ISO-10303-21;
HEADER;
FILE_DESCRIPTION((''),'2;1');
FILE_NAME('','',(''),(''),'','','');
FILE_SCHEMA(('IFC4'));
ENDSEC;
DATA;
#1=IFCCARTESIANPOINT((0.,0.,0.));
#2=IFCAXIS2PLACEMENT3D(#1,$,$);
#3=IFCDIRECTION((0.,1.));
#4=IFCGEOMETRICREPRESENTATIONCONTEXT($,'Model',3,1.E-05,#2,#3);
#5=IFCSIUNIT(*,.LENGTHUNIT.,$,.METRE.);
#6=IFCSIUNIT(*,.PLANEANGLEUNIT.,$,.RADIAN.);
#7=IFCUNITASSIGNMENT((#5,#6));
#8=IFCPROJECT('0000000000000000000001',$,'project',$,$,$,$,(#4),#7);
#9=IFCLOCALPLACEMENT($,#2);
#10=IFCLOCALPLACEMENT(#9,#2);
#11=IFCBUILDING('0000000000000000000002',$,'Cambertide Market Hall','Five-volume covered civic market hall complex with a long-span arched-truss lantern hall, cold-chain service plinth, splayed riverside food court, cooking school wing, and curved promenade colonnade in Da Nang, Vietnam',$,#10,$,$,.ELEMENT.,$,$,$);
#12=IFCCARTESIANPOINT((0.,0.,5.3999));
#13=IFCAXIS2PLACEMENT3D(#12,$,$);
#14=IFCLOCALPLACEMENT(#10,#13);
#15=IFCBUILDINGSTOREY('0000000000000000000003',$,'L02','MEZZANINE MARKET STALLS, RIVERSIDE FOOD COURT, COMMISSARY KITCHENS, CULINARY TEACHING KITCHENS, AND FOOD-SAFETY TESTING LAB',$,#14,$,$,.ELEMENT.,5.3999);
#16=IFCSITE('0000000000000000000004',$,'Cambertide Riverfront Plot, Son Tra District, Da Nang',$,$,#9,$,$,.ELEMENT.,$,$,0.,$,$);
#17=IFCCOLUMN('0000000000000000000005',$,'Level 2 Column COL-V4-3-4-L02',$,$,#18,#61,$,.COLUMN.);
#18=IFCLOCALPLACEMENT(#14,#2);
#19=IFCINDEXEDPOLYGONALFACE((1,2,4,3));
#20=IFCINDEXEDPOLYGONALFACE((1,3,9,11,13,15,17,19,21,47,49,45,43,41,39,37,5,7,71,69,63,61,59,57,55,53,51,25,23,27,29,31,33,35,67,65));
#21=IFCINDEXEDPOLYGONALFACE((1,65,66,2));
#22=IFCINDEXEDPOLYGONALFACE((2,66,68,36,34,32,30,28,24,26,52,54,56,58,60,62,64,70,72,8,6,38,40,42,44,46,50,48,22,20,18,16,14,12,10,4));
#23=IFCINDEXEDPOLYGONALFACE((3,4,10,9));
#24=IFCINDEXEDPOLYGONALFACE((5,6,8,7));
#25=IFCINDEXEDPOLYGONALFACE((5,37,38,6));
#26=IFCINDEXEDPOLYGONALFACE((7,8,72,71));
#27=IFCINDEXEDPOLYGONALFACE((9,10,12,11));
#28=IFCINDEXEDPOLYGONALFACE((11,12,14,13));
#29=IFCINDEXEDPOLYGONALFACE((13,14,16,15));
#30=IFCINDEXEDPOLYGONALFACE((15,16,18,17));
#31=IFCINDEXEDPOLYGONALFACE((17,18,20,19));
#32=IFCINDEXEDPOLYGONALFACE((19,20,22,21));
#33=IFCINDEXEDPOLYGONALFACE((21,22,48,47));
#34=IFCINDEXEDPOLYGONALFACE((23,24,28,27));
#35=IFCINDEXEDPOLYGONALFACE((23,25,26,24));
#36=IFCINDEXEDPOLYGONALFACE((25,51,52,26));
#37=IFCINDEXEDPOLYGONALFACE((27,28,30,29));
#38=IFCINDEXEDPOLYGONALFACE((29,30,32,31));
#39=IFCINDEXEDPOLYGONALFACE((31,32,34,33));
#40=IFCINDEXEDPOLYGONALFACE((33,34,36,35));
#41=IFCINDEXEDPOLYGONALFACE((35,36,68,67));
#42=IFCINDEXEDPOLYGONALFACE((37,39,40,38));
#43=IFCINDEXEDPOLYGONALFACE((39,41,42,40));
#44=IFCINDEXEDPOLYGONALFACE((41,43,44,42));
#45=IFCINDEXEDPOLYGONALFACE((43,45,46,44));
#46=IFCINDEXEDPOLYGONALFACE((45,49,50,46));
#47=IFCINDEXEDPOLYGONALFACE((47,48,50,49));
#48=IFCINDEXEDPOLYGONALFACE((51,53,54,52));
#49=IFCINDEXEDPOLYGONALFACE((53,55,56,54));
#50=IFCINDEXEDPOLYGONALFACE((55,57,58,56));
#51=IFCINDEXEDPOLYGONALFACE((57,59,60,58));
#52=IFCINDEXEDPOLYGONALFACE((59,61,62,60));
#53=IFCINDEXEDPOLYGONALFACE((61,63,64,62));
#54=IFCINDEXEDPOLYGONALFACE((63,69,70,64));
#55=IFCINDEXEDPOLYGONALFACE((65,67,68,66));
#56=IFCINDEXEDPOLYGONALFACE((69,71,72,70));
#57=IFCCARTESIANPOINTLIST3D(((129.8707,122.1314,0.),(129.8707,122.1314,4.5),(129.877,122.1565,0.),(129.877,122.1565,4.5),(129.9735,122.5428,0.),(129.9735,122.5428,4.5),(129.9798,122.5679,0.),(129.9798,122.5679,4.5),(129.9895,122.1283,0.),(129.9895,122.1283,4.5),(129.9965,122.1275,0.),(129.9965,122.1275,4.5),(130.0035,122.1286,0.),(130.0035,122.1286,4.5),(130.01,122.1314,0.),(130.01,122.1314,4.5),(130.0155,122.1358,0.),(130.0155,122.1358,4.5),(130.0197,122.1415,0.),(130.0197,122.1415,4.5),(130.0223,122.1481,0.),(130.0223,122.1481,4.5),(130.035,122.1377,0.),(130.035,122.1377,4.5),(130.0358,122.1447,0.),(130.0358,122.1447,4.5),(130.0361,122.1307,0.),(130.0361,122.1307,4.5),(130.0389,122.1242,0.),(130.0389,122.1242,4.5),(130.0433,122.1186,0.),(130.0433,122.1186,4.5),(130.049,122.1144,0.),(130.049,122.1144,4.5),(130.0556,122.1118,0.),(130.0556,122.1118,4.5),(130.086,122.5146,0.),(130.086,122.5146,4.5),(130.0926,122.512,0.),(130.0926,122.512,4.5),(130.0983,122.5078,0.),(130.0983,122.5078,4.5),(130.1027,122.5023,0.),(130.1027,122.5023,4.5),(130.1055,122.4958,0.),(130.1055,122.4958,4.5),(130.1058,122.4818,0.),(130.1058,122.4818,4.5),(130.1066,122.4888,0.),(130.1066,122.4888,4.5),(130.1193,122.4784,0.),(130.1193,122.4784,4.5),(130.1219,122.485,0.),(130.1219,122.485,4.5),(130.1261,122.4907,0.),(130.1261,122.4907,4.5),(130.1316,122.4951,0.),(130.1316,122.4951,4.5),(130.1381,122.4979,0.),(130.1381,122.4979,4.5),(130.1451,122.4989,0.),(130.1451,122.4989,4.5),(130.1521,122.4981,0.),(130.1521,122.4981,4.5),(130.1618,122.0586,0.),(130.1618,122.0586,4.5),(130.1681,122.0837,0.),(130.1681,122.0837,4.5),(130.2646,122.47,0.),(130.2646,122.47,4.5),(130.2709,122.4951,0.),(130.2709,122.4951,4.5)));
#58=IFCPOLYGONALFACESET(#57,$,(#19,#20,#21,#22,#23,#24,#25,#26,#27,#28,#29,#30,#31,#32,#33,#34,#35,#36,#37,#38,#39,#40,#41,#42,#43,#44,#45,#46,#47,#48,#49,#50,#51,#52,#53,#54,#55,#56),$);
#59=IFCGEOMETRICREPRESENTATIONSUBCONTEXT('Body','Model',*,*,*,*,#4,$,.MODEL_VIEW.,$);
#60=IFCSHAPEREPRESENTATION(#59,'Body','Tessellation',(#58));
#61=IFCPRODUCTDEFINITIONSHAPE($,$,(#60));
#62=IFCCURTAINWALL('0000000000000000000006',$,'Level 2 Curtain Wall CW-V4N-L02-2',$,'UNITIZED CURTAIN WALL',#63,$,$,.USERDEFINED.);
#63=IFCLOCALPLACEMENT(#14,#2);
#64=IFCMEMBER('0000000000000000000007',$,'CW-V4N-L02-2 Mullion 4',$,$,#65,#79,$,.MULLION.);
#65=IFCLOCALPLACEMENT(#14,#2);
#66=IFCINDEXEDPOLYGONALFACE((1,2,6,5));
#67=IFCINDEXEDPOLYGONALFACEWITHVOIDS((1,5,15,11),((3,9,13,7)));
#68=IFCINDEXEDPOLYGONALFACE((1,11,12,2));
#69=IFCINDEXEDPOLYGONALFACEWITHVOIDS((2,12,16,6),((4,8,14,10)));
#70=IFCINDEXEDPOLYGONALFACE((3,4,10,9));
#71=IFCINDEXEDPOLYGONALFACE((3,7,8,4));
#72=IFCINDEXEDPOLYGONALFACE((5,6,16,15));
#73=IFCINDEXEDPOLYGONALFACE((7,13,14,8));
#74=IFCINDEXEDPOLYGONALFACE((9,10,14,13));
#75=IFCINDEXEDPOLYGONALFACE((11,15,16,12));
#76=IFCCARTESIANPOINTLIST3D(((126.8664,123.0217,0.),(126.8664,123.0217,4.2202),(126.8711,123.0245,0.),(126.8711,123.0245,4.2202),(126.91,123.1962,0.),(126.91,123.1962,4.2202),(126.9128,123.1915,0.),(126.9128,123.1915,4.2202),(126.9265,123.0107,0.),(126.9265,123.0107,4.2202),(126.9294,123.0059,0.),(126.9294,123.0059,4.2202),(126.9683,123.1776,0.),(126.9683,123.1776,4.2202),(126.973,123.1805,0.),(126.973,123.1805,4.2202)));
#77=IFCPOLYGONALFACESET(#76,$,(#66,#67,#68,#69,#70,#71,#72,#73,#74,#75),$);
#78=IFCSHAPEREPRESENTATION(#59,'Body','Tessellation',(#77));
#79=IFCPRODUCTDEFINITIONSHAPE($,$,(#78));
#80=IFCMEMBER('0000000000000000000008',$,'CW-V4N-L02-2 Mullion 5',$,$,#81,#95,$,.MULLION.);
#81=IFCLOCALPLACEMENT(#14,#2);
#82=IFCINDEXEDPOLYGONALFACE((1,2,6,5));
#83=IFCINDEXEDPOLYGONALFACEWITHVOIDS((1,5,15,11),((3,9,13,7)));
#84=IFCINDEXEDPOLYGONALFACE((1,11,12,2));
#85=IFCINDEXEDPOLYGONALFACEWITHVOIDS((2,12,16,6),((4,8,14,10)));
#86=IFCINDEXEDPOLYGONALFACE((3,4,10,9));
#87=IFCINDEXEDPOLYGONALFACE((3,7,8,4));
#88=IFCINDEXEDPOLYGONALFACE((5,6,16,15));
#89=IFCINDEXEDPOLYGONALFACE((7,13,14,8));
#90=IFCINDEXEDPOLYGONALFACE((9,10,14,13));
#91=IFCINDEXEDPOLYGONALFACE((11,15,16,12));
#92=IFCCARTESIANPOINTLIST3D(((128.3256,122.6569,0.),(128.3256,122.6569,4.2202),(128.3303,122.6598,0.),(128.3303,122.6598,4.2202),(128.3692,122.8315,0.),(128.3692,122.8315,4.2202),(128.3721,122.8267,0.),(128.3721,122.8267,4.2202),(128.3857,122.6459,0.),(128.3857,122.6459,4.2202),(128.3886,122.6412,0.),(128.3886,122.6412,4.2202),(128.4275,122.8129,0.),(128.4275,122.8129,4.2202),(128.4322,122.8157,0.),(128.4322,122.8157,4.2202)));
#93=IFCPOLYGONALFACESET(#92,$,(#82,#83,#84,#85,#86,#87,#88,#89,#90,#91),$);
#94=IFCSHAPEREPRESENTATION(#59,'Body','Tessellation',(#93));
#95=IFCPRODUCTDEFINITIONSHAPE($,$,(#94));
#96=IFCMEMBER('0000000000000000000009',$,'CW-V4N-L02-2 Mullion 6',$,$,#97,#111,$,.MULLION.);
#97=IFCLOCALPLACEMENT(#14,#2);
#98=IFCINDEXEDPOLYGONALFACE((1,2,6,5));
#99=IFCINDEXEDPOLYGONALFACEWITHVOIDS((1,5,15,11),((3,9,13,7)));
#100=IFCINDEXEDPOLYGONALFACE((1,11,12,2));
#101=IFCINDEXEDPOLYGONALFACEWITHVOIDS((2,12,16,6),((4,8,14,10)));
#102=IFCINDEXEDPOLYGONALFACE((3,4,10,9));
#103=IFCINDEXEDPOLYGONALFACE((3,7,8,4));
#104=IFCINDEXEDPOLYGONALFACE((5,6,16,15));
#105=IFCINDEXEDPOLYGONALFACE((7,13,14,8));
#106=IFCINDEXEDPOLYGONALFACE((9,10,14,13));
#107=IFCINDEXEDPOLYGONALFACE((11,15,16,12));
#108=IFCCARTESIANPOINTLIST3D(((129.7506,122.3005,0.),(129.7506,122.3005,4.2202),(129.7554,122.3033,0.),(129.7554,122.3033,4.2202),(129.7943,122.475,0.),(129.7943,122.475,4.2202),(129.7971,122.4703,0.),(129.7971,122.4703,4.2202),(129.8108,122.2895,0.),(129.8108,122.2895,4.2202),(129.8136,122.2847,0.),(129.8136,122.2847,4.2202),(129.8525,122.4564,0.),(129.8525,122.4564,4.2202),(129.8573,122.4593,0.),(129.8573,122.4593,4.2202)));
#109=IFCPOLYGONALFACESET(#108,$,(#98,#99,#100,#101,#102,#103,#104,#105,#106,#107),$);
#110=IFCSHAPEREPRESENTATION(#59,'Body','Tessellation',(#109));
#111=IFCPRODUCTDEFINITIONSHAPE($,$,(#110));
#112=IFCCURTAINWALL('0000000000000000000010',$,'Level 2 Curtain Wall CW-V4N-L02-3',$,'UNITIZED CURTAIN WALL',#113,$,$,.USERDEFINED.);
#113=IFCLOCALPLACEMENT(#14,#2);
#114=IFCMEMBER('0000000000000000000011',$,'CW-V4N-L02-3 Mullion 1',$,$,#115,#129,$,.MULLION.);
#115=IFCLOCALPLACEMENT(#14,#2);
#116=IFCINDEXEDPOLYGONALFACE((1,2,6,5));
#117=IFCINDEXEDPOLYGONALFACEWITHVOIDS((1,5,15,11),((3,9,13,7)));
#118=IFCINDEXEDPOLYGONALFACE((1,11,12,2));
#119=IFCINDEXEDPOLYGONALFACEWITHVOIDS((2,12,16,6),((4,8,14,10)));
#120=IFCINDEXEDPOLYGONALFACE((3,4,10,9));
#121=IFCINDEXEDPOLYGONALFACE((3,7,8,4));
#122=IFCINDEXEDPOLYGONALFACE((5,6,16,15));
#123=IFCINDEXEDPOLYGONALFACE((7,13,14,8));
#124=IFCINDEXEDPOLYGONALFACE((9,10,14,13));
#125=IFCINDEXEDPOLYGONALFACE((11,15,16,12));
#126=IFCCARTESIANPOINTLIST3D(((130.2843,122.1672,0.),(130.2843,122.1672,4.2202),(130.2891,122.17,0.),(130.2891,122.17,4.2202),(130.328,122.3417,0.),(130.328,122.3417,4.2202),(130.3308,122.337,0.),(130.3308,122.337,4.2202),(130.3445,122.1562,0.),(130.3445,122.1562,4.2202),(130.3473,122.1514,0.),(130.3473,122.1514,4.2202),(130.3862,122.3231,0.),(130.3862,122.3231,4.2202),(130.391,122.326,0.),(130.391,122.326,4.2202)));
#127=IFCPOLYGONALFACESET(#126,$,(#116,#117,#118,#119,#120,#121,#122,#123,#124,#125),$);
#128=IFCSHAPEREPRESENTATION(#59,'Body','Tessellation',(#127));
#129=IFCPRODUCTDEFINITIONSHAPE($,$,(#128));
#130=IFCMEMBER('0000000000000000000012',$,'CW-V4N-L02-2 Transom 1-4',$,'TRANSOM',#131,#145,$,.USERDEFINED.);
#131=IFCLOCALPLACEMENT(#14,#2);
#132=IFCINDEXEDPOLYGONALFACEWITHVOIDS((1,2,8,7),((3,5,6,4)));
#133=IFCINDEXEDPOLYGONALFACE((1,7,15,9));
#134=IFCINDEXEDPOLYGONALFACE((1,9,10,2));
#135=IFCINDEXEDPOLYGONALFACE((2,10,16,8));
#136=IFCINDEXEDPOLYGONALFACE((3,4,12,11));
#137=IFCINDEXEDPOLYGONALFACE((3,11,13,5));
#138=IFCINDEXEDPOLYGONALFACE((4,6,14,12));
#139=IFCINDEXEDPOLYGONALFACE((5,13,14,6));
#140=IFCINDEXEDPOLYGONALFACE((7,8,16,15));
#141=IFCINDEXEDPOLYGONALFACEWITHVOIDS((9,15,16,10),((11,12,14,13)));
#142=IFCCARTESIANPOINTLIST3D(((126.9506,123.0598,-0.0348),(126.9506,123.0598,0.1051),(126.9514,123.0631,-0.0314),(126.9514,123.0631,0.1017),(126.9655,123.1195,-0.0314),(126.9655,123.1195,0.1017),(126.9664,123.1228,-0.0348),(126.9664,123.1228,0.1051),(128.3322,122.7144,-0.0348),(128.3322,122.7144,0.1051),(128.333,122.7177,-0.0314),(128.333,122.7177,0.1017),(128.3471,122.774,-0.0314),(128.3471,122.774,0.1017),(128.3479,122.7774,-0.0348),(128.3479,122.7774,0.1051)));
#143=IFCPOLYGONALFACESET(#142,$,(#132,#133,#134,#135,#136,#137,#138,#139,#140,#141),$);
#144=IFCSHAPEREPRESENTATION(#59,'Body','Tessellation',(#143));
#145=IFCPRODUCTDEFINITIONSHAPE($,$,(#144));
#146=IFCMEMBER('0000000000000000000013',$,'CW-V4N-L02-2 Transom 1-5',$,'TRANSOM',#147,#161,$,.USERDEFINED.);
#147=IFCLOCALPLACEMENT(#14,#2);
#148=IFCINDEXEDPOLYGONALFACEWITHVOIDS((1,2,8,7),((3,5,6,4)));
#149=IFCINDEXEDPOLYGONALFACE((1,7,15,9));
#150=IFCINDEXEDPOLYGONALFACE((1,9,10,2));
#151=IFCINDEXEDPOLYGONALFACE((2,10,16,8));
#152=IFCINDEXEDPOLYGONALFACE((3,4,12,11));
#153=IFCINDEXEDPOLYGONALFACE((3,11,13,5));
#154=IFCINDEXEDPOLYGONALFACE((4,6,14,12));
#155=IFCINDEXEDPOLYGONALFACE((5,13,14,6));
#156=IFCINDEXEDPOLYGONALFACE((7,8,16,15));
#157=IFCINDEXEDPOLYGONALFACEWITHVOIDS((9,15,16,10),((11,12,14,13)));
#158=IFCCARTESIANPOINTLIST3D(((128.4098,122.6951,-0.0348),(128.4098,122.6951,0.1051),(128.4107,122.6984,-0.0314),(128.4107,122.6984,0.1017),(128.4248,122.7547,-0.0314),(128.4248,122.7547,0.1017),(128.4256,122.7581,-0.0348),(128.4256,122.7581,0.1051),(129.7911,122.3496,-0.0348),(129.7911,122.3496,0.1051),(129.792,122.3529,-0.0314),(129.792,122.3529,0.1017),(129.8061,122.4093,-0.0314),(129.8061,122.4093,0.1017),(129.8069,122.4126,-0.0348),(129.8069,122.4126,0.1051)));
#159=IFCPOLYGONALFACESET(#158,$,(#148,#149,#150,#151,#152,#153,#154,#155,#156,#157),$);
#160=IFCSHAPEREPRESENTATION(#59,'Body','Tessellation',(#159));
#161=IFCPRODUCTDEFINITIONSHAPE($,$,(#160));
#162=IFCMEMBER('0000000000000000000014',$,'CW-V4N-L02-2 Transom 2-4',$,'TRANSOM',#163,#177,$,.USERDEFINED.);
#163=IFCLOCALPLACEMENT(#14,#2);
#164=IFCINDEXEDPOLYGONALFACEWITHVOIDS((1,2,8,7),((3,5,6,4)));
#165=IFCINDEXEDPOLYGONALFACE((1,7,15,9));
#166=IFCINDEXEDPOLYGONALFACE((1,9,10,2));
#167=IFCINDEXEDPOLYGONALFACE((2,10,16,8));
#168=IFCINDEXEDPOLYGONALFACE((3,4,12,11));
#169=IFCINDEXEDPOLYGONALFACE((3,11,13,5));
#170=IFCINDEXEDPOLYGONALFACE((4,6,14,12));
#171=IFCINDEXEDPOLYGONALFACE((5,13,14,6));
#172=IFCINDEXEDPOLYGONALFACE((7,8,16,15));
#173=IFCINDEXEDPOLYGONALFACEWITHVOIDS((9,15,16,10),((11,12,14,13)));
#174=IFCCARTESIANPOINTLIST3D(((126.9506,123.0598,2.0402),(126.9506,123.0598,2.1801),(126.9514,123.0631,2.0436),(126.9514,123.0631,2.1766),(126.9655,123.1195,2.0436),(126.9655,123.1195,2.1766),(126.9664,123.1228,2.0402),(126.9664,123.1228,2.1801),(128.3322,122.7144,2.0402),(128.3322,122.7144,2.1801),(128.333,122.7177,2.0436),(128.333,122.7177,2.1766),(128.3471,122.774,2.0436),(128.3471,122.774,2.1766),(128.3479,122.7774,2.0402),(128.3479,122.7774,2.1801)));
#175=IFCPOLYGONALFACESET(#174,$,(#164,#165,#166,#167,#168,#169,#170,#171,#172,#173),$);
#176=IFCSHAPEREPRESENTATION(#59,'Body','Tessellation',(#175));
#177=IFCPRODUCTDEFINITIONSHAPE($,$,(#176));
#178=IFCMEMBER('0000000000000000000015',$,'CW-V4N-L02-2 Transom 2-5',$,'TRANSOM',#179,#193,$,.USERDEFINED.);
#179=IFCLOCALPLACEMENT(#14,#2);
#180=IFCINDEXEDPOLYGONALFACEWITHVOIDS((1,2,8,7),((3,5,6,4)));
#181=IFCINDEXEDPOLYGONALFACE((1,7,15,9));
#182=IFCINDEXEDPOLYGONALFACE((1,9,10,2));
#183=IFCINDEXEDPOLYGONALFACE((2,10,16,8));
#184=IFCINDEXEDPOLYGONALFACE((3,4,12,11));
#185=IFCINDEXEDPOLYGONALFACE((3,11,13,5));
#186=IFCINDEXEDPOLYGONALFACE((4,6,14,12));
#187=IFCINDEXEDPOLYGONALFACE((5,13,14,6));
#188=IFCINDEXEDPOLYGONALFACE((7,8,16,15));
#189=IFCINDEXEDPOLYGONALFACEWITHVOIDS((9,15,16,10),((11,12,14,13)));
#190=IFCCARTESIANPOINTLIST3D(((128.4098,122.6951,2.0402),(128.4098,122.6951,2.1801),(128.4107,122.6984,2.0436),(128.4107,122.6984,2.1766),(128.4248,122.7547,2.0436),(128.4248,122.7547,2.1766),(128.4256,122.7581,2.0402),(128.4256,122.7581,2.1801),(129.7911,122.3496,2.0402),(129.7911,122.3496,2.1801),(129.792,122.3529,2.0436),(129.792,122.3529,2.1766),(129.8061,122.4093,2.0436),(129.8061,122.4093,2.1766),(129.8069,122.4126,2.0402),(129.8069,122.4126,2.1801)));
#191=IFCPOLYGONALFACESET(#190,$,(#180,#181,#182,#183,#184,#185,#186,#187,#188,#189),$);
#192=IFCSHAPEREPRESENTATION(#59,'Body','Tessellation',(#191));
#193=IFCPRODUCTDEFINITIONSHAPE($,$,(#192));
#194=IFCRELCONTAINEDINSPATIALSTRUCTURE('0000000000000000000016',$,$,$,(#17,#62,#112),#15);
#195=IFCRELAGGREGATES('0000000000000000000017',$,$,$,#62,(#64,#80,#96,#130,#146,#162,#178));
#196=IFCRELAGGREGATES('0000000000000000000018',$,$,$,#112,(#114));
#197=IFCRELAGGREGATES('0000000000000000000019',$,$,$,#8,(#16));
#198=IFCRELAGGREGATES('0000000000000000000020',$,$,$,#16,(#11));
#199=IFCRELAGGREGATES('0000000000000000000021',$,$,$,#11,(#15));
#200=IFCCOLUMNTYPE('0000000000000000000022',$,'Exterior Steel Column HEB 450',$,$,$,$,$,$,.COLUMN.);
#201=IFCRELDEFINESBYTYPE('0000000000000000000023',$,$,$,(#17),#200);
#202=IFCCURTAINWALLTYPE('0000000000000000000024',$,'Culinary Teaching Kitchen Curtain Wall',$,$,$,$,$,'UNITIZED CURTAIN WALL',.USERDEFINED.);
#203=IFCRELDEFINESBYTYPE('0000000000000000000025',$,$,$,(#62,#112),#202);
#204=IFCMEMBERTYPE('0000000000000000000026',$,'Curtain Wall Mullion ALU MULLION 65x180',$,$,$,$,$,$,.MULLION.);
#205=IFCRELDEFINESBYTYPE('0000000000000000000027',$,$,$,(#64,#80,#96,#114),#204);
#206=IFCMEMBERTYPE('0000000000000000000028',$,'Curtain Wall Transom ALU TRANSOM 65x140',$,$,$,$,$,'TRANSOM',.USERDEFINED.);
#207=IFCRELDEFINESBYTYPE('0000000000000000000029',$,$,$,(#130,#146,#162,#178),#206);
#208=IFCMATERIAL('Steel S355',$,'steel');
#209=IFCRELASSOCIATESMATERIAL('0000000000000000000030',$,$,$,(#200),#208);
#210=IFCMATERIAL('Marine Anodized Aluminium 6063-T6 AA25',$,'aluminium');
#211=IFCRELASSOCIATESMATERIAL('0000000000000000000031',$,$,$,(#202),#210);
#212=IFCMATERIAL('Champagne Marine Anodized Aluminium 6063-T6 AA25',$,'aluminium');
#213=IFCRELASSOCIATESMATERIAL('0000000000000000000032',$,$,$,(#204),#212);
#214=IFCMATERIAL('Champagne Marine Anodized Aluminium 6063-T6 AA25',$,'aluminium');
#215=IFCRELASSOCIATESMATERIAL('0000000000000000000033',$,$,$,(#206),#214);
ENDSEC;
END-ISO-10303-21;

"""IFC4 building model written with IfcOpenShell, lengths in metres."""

from ifc_helpers import new_model, si_unit, direction, frame, origin, origin_2d, place, context, subcontext, project, spatial, hollow_rectangle, i_section, extrude, material, material_profile, profile_set, type_object, element, aggregate, save


model = new_model("IFC4")

# Units and contexts
model_context = context("Model", 3, precision=1e-05, world=origin(), true_north=direction((0.0, 1.0)))
body_context = subcontext(model_context, "Body", "Model", "MODEL_VIEW")
ifc_project = project(units=[si_unit("LENGTHUNIT", "METRE"), si_unit("PLANEANGLEUNIT", "RADIAN")], contexts=[model_context])

# Site, building, storey
site_placement = place(None, origin())
site = spatial("IfcSite", under=ifc_project, at=site_placement, Name="Cambertide Riverfront Plot, Son Tra District, Da Nang", CompositionType="ELEMENT", RefElevation=0.0)
building_placement = place(site_placement, origin())
building = spatial("IfcBuilding", under=site, at=building_placement, Name="Cambertide Market Hall", Description="Five-volume covered civic market hall complex with a long-span arched-truss lantern hall, cold-chain service plinth, splayed riverside food court, cooking school wing, and curved promenade colonnade in Da Nang, Vietnam", CompositionType="ELEMENT")
storey_placement = place(building_placement, frame((0.0, 0.0, 5.3999)))
storey = spatial("IfcBuildingStorey", under=building, at=storey_placement, Name="L02", Description="MEZZANINE MARKET STALLS, RIVERSIDE FOOD COURT, COMMISSARY KITCHENS, CULINARY TEACHING KITCHENS, AND FOOD-SAFETY TESTING LAB", CompositionType="ELEMENT", Elevation=5.3999)

# Column
ifc_material_1 = material(Name="Steel S355", Category="steel")
ifc_material_profile_1 = material_profile(ifc_material_1, i_section(OverallWidth=0.3, OverallDepth=0.45, WebThickness=0.0139, FlangeThickness=0.0259, FilletRadius=0.0271, at=origin_2d()), Name="HEB 450")
ifc_profile_set_1 = profile_set([ifc_material_profile_1], Name="Steel S355")
column_type = type_object("IfcColumnType", Name="Exterior Steel Column HEB 450", PredefinedType="COLUMN", material=ifc_profile_set_1)
column_placement = place(storey_placement, frame((130.0708, 122.3132, 0.0), z_axis=(0.0, 0.0, 1.0), x_axis=(0.970143, -0.242536, 0.0)))
element("IfcColumn", 1, at=column_placement, inside=storey, type_object=column_type, Name="Level 2 Column COL-V4-3-4-L02", PredefinedType="COLUMN", context=body_context, shape_type="SweptSolid", body=[
    extrude(i_section(OverallWidth=0.3, OverallDepth=0.45, WebThickness=0.0139, FlangeThickness=0.0259, FilletRadius=0.0271, at=origin_2d()), origin(), (0.0, 0.0, 1.0), 4.5),
])

# Curtain wall, members
ifc_material_2 = material(Name="Marine Anodized Aluminium 6063-T6 AA25", Category="aluminium")
curtain_wall_type = type_object("IfcCurtainWallType", Name="Culinary Teaching Kitchen Curtain Wall", ElementType="UNITIZED CURTAIN WALL", PredefinedType="USERDEFINED", material=ifc_material_2)
curtain_wall_1_placement = place(storey_placement, origin())
curtain_wall_1 = element("IfcCurtainWall", 2, at=curtain_wall_1_placement, inside=storey, type_object=curtain_wall_type, Name="Level 2 Curtain Wall CW-V4N-L02-2", ObjectType="UNITIZED CURTAIN WALL", PredefinedType="USERDEFINED")
ifc_material_3 = material(Name="Champagne Marine Anodized Aluminium 6063-T6 AA25", Category="aluminium")
ifc_material_profile_2 = material_profile(ifc_material_3, hollow_rectangle(XDim=0.0649, YDim=0.1799, WallThickness=0.0039, at=origin_2d()), Name="ALU MULLION 65x180")
ifc_profile_set_2 = profile_set([ifc_material_profile_2], Name="Champagne Marine Anodized Aluminium 6063-T6 AA25")
member_type_1 = type_object("IfcMemberType", Name="Curtain Wall Mullion ALU MULLION 65x180", PredefinedType="MULLION", material=ifc_profile_set_2)
member_1_placement = place(storey_placement, frame((126.9197, 123.1011, 0.0), z_axis=(0.0, 0.0, 1.0), x_axis=(0.970143, -0.242536, 0.0)))
member_1 = element("IfcMember", 3, at=member_1_placement, type_object=member_type_1, Name="CW-V4N-L02-2 Mullion 4", PredefinedType="MULLION", context=body_context, shape_type="SweptSolid", body=[
    extrude(hollow_rectangle(XDim=0.0649, YDim=0.1799, WallThickness=0.0039, at=origin_2d()), origin(), (0.0, 0.0, 1.0), 4.2202),
])
member_2_placement = place(storey_placement, frame((128.3789, 122.7363, 0.0), z_axis=(0.0, 0.0, 1.0), x_axis=(0.970143, -0.242536, 0.0)))
member_2 = element("IfcMember", 4, at=member_2_placement, type_object=member_type_1, Name="CW-V4N-L02-2 Mullion 5", PredefinedType="MULLION", context=body_context, shape_type="SweptSolid", body=[
    extrude(hollow_rectangle(XDim=0.0649, YDim=0.1799, WallThickness=0.0039, at=origin_2d()), origin(), (0.0, 0.0, 1.0), 4.2202),
])
member_3_placement = place(storey_placement, frame((129.804, 122.3799, 0.0), z_axis=(0.0, 0.0, 1.0), x_axis=(0.970143, -0.242536, 0.0)))
member_3 = element("IfcMember", 5, at=member_3_placement, type_object=member_type_1, Name="CW-V4N-L02-2 Mullion 6", PredefinedType="MULLION", context=body_context, shape_type="SweptSolid", body=[
    extrude(hollow_rectangle(XDim=0.0649, YDim=0.1799, WallThickness=0.0039, at=origin_2d()), origin(), (0.0, 0.0, 1.0), 4.2202),
])

# Curtain wall, member
curtain_wall_2_placement = place(storey_placement, origin())
curtain_wall_2 = element("IfcCurtainWall", 6, at=curtain_wall_2_placement, inside=storey, type_object=curtain_wall_type, Name="Level 2 Curtain Wall CW-V4N-L02-3", ObjectType="UNITIZED CURTAIN WALL", PredefinedType="USERDEFINED")
member_4_placement = place(storey_placement, frame((130.3376, 122.2466, 0.0), z_axis=(0.0, 0.0, 1.0), x_axis=(0.970143, -0.242536, 0.0)))
member_4 = element("IfcMember", 7, at=member_4_placement, type_object=member_type_1, Name="CW-V4N-L02-3 Mullion 1", PredefinedType="MULLION", context=body_context, shape_type="SweptSolid", body=[
    extrude(hollow_rectangle(XDim=0.0649, YDim=0.1799, WallThickness=0.0039, at=origin_2d()), origin(), (0.0, 0.0, 1.0), 4.2202),
])

# Members
ifc_material_4 = material(Name="Champagne Marine Anodized Aluminium 6063-T6 AA25", Category="aluminium")
ifc_material_profile_3 = material_profile(ifc_material_4, hollow_rectangle(XDim=0.0649, YDim=0.1399, WallThickness=0.0034, at=origin_2d()), Name="ALU TRANSOM 65x140")
ifc_profile_set_3 = profile_set([ifc_material_profile_3], Name="Champagne Marine Anodized Aluminium 6063-T6 AA25")
member_type_2 = type_object("IfcMemberType", Name="Curtain Wall Transom ALU TRANSOM 65x140", ElementType="TRANSOM", PredefinedType="USERDEFINED", material=ifc_profile_set_3)
member_5_placement = place(storey_placement, frame((126.9585, 123.0913, 0.0352), z_axis=(0.970132, -0.242576, 0.0), x_axis=(0.242576, 0.970132, 0.0)))
member_5 = element("IfcMember", 8, at=member_5_placement, type_object=member_type_2, Name="CW-V4N-L02-2 Transom 1-4", ObjectType="TRANSOM", PredefinedType="USERDEFINED", context=body_context, shape_type="SweptSolid", body=[
    extrude(hollow_rectangle(XDim=0.0649, YDim=0.1399, WallThickness=0.0034, at=origin_2d()), origin(), (0.0, 0.0, 1.0), 1.4241),
])
member_6_placement = place(storey_placement, frame((128.4177, 122.7266, 0.0352), z_axis=(0.970122, -0.242616, 0.0), x_axis=(0.242616, 0.970122, 0.0)))
member_6 = element("IfcMember", 9, at=member_6_placement, type_object=member_type_2, Name="CW-V4N-L02-2 Transom 1-5", ObjectType="TRANSOM", PredefinedType="USERDEFINED", context=body_context, shape_type="SweptSolid", body=[
    extrude(hollow_rectangle(XDim=0.0649, YDim=0.1399, WallThickness=0.0034, at=origin_2d()), origin(), (0.0, 0.0, 1.0), 1.4238),
])
member_7_placement = place(storey_placement, frame((126.9585, 123.0913, 2.1101), z_axis=(0.970132, -0.242576, 0.0), x_axis=(0.242576, 0.970132, 0.0)))
member_7 = element("IfcMember", 10, at=member_7_placement, type_object=member_type_2, Name="CW-V4N-L02-2 Transom 2-4", ObjectType="TRANSOM", PredefinedType="USERDEFINED", context=body_context, shape_type="SweptSolid", body=[
    extrude(hollow_rectangle(XDim=0.0649, YDim=0.1399, WallThickness=0.0034, at=origin_2d()), origin(), (0.0, 0.0, 1.0), 1.4241),
])
member_8_placement = place(storey_placement, frame((128.4177, 122.7266, 2.1101), z_axis=(0.970122, -0.242616, 0.0), x_axis=(0.242616, 0.970122, 0.0)))
member_8 = element("IfcMember", 11, at=member_8_placement, type_object=member_type_2, Name="CW-V4N-L02-2 Transom 2-5", ObjectType="TRANSOM", PredefinedType="USERDEFINED", context=body_context, shape_type="SweptSolid", body=[
    extrude(hollow_rectangle(XDim=0.0649, YDim=0.1399, WallThickness=0.0034, at=origin_2d()), origin(), (0.0, 0.0, 1.0), 1.4238),
])

aggregate(curtain_wall_1, [member_1, member_2, member_3, member_5, member_6, member_7, member_8])
aggregate(curtain_wall_2, [member_4])

save(model, "model.ifc")
